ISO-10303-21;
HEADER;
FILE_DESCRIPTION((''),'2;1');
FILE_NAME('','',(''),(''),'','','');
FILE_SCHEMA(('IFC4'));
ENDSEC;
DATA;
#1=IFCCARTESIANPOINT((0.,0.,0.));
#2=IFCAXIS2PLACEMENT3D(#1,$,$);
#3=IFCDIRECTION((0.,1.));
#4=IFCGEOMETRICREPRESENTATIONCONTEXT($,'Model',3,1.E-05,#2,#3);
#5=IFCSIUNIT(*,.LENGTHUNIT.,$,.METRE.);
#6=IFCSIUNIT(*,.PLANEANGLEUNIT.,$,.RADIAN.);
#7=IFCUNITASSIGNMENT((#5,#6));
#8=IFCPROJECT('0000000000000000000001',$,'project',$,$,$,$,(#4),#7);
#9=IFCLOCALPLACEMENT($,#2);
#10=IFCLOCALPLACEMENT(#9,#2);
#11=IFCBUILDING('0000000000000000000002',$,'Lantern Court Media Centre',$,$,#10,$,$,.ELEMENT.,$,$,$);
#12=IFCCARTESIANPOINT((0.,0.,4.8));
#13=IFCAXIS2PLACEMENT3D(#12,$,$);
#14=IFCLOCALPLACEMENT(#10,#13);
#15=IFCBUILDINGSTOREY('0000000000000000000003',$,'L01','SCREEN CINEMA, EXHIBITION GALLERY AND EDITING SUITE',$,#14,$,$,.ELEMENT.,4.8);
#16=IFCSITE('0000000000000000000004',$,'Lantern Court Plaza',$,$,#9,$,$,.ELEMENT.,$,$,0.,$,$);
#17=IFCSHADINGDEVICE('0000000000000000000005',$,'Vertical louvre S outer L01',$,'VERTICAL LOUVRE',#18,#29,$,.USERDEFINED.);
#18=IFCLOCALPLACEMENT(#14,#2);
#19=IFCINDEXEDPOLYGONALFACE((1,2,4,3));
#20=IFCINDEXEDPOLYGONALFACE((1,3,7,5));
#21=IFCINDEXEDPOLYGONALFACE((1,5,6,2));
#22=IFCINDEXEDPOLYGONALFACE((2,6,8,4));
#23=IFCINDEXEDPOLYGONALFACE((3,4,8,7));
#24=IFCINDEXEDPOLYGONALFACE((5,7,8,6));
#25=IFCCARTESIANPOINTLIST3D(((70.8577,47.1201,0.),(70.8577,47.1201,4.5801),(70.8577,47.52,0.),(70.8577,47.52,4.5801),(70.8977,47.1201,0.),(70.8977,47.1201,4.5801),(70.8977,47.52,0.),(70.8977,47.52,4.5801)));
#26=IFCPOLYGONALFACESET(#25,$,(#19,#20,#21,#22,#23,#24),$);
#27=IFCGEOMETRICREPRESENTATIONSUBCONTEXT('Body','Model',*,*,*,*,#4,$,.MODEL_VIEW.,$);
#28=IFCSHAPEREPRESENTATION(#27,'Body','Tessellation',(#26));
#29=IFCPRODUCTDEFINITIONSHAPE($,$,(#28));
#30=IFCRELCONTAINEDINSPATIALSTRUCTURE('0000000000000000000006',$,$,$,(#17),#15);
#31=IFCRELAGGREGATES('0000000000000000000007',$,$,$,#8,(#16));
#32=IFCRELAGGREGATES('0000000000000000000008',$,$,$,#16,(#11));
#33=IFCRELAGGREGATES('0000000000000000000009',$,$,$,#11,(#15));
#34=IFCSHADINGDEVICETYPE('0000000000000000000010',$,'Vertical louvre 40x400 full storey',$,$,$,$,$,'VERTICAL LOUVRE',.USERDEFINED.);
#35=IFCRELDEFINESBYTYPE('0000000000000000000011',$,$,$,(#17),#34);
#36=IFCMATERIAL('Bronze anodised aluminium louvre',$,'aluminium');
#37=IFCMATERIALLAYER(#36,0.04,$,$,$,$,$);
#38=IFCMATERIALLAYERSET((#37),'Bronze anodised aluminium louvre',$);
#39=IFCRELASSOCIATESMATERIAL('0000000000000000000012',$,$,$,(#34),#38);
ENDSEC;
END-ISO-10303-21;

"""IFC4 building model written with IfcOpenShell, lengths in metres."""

from ifc_helpers import new_model, si_unit, direction, frame, origin, origin_2d, place, context, subcontext, project, spatial, rectangle, extrude, material, layer, layer_set, type_object, element, save


model = new_model("IFC4")

# Units and contexts
model_context = context("Model", 3, precision=1e-05, world=origin(), true_north=direction((0.0, 1.0)))
body_context = subcontext(model_context, "Body", "Model", "MODEL_VIEW")
ifc_project = project(units=[si_unit("LENGTHUNIT", "METRE"), si_unit("PLANEANGLEUNIT", "RADIAN")], contexts=[model_context])

# Site, building, storey
site_placement = place(None, origin())
site = spatial("IfcSite", under=ifc_project, at=site_placement, Name="Lantern Court Plaza", CompositionType="ELEMENT", RefElevation=0.0)
building_placement = place(site_placement, origin())
building = spatial("IfcBuilding", under=site, at=building_placement, Name="Lantern Court Media Centre", CompositionType="ELEMENT")
storey_placement = place(building_placement, frame((0.0, 0.0, 4.8)))
storey = spatial("IfcBuildingStorey", under=building, at=storey_placement, Name="L01", Description="SCREEN CINEMA, EXHIBITION GALLERY AND EDITING SUITE", CompositionType="ELEMENT", Elevation=4.8)

# Shading device
ifc_material_1 = material(Name="Bronze anodised aluminium louvre", Category="aluminium")
ifc_layer_1 = layer(ifc_material_1, 0.04)
ifc_layer_set_1 = layer_set([ifc_layer_1], Name="Bronze anodised aluminium louvre")
shading_device_type = type_object("IfcShadingDeviceType", Name="Vertical louvre 40x400 full storey", ElementType="VERTICAL LOUVRE", PredefinedType="USERDEFINED", material=ifc_layer_set_1)
for number, where, z_axis, x_axis, name in (
    (1, (70.8777, 47.3201, 0.0), (0.0, 0.0, 1.0), (1.0, 0.0, 0.0), "Vertical louvre S outer L01"),
):
    element("IfcShadingDevice", number, at=place(storey_placement, frame(where, z_axis=z_axis, x_axis=x_axis)), inside=storey, type_object=shading_device_type, Name=name, ObjectType="VERTICAL LOUVRE", PredefinedType="USERDEFINED", context=body_context, shape_type="SweptSolid", body=[
        extrude(rectangle(XDim=0.04, YDim=0.3999, at=origin_2d()), origin(), (0.0, 0.0, 1.0), 4.5801),
    ])

save(model, "model.ifc")
